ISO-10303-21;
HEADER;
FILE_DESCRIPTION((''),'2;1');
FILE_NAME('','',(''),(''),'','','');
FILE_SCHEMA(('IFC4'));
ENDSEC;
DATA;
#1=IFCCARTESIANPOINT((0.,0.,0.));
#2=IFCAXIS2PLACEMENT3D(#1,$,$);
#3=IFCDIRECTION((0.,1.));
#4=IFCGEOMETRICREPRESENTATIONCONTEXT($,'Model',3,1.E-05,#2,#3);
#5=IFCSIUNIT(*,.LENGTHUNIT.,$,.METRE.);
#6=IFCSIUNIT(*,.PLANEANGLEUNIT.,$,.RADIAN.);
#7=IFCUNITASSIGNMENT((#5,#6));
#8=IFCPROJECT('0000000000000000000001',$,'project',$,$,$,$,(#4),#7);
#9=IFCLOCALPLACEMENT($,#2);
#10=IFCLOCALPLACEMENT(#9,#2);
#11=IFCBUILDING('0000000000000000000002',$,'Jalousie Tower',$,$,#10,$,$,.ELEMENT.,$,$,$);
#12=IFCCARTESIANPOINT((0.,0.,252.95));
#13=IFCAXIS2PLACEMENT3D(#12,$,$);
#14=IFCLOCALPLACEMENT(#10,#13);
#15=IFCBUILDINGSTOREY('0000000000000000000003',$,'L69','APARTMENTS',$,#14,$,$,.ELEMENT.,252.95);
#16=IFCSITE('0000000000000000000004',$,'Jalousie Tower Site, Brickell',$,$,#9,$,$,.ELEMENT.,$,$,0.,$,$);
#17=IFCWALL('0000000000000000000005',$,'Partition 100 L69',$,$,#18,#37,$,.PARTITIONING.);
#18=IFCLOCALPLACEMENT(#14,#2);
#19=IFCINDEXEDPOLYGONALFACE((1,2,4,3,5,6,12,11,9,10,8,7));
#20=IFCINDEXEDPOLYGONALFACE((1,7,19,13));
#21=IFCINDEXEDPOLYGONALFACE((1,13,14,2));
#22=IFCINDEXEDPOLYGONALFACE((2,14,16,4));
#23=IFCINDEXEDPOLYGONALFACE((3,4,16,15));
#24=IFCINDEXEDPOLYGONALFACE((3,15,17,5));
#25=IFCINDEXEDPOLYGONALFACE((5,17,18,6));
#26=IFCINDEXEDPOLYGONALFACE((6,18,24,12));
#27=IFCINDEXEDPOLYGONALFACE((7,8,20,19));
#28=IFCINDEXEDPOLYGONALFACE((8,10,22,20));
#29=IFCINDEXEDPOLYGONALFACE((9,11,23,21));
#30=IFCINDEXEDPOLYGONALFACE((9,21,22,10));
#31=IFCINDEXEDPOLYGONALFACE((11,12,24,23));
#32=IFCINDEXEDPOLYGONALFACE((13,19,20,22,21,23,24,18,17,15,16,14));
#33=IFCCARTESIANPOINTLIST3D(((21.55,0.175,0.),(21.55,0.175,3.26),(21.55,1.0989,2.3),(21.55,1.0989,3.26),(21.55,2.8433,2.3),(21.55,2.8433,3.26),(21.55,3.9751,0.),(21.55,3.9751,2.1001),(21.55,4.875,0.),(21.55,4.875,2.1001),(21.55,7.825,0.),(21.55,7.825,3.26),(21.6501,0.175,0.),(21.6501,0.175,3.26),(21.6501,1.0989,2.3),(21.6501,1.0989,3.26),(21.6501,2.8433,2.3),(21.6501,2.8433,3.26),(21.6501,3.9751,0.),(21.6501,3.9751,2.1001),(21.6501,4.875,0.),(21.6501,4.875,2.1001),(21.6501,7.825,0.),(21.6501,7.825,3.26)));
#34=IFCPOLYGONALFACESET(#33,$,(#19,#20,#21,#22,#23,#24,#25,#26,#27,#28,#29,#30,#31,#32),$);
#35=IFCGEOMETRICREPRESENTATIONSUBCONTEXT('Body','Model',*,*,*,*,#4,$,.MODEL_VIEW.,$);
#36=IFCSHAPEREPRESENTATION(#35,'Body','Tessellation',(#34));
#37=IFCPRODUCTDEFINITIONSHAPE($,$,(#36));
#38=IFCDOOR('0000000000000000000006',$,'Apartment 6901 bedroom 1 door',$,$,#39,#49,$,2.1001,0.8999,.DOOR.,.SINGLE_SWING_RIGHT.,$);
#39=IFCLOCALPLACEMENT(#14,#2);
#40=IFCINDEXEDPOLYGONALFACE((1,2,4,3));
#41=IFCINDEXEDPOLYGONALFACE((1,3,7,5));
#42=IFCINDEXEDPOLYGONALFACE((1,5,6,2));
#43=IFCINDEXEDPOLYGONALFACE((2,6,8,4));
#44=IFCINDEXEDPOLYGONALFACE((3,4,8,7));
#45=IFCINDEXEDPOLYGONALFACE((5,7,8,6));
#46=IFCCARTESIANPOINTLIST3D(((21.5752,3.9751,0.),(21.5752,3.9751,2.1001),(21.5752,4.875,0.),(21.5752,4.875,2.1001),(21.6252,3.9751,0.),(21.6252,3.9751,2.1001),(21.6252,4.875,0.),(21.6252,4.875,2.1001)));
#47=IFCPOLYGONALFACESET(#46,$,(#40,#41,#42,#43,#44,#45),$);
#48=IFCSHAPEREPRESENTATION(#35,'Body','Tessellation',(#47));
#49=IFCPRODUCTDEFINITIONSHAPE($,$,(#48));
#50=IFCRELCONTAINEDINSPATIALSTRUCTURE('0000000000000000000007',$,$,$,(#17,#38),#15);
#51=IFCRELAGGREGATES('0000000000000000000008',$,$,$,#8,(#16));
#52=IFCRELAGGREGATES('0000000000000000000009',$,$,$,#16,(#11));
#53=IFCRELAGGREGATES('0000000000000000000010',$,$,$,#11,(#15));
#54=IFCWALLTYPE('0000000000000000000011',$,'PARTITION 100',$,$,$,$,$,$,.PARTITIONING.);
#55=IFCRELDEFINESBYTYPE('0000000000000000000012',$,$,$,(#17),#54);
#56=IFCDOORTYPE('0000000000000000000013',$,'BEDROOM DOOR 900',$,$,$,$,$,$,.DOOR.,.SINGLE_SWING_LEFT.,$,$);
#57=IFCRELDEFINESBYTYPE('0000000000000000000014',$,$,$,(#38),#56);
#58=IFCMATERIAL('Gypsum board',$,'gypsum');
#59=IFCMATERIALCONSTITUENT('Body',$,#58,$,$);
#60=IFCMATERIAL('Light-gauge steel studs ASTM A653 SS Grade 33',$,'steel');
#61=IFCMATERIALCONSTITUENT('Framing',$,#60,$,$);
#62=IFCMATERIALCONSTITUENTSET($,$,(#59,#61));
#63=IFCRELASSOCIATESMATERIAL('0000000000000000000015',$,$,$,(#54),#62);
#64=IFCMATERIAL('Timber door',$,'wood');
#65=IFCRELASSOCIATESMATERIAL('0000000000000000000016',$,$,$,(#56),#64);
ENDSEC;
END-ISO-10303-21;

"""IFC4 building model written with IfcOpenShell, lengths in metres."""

from ifc_helpers import new_model, si_unit, direction, frame, frame_2d, origin, place, context, subcontext, project, spatial, polyline, rectangle, outline, extrude, material, constituent, constituent_set, type_object, element, fill, save


model = new_model("IFC4")

# Units and contexts
model_context = context("Model", 3, precision=1e-05, world=origin(), true_north=direction((0.0, 1.0)))
body_context = subcontext(model_context, "Body", "Model", "MODEL_VIEW")
ifc_project = project(units=[si_unit("LENGTHUNIT", "METRE"), si_unit("PLANEANGLEUNIT", "RADIAN")], contexts=[model_context])

# Site, building, storey
site_placement = place(None, origin())
site = spatial("IfcSite", under=ifc_project, at=site_placement, Name="Jalousie Tower Site, Brickell", CompositionType="ELEMENT", RefElevation=0.0)
building_placement = place(site_placement, origin())
building = spatial("IfcBuilding", under=site, at=building_placement, Name="Jalousie Tower", CompositionType="ELEMENT")
storey_placement = place(building_placement, frame((0.0, 0.0, 252.95)))
storey = spatial("IfcBuildingStorey", under=building, at=storey_placement, Name="L69", Description="APARTMENTS", CompositionType="ELEMENT", Elevation=252.95)

# Wall, opening, door
ifc_material_1 = material(Name="Gypsum board", Category="gypsum")
ifc_constituent_1 = constituent(ifc_material_1, Name="Body")
ifc_material_2 = material(Name="Light-gauge steel studs ASTM A653 SS Grade 33", Category="steel")
ifc_constituent_2 = constituent(ifc_material_2, Name="Framing")
ifc_constituent_set_1 = constituent_set(constituents=[ifc_constituent_1, ifc_constituent_2])
wall_type_1 = type_object("IfcWallType", Name="PARTITION 100", PredefinedType="PARTITIONING", material=ifc_constituent_set_1)
wall_1_placement = place(storey_placement, frame((21.6001, 0.175, 0.0), z_axis=(0.0, 0.0, 1.0), x_axis=(0.0, 1.0, 0.0)))
wall_1 = element("IfcWall", 1, at=wall_1_placement, inside=storey, type_object=wall_type_1, Name="Partition 100 L69", PredefinedType="PARTITIONING", context=body_context, shape_type="SweptSolid", body=[
    extrude(outline(polyline([(0.0, 0.0), (7.6499, 0.0), (7.6499, 3.26), (2.6682, 3.26), (2.6682, 2.3), (0.9238, 2.3), (0.9238, 3.26), (0.0, 3.26), (0.0, 0.0)])), frame((0.0, 0.05, 0.0), z_axis=(0.0, -1.0, 0.0), x_axis=(1.0, 0.0, 0.0)), (0.0, 0.0, 1.0), 0.1001),
])
opening_1_placement = place(wall_1_placement, frame((3.8, 0.0, 0.0)))
opening_1 = element("IfcOpeningElement", 2, at=opening_1_placement, cuts=wall_1, PredefinedType="OPENING", context=body_context, shape_type="SweptSolid", body=[
    extrude(rectangle(XDim=0.8999, YDim=2.1001, at=frame_2d((0.45, 1.05))), frame((0.0, 0.0601, 0.0), z_axis=(0.0, -1.0, 0.0), x_axis=(1.0, 0.0, 0.0)), (0.0, 0.0, 1.0), 0.1201),
])
ifc_material_3 = material(Name="Timber door", Category="wood")
door_type_1 = type_object("IfcDoorType", Name="BEDROOM DOOR 900", OperationType="SINGLE_SWING_LEFT", PredefinedType="DOOR", material=ifc_material_3)
door_1_placement = place(opening_1_placement, origin())
door_1 = element("IfcDoor", 3, at=door_1_placement, inside=storey, type_object=door_type_1, Name="Apartment 6901 bedroom 1 door", OperationType="SINGLE_SWING_RIGHT", OverallHeight=2.1001, OverallWidth=0.8999, PredefinedType="DOOR", context=body_context, shape_type="SweptSolid", body=[
    extrude(rectangle(XDim=0.8999, YDim=2.1001, at=frame_2d((0.45, 1.05))), frame((0.0, 0.0249, 0.0), z_axis=(0.0, -1.0, 0.0), x_axis=(1.0, 0.0, 0.0)), (0.0, 0.0, 1.0), 0.05),
])
fill(opening_1, door_1)

save(model, "model.ifc")
